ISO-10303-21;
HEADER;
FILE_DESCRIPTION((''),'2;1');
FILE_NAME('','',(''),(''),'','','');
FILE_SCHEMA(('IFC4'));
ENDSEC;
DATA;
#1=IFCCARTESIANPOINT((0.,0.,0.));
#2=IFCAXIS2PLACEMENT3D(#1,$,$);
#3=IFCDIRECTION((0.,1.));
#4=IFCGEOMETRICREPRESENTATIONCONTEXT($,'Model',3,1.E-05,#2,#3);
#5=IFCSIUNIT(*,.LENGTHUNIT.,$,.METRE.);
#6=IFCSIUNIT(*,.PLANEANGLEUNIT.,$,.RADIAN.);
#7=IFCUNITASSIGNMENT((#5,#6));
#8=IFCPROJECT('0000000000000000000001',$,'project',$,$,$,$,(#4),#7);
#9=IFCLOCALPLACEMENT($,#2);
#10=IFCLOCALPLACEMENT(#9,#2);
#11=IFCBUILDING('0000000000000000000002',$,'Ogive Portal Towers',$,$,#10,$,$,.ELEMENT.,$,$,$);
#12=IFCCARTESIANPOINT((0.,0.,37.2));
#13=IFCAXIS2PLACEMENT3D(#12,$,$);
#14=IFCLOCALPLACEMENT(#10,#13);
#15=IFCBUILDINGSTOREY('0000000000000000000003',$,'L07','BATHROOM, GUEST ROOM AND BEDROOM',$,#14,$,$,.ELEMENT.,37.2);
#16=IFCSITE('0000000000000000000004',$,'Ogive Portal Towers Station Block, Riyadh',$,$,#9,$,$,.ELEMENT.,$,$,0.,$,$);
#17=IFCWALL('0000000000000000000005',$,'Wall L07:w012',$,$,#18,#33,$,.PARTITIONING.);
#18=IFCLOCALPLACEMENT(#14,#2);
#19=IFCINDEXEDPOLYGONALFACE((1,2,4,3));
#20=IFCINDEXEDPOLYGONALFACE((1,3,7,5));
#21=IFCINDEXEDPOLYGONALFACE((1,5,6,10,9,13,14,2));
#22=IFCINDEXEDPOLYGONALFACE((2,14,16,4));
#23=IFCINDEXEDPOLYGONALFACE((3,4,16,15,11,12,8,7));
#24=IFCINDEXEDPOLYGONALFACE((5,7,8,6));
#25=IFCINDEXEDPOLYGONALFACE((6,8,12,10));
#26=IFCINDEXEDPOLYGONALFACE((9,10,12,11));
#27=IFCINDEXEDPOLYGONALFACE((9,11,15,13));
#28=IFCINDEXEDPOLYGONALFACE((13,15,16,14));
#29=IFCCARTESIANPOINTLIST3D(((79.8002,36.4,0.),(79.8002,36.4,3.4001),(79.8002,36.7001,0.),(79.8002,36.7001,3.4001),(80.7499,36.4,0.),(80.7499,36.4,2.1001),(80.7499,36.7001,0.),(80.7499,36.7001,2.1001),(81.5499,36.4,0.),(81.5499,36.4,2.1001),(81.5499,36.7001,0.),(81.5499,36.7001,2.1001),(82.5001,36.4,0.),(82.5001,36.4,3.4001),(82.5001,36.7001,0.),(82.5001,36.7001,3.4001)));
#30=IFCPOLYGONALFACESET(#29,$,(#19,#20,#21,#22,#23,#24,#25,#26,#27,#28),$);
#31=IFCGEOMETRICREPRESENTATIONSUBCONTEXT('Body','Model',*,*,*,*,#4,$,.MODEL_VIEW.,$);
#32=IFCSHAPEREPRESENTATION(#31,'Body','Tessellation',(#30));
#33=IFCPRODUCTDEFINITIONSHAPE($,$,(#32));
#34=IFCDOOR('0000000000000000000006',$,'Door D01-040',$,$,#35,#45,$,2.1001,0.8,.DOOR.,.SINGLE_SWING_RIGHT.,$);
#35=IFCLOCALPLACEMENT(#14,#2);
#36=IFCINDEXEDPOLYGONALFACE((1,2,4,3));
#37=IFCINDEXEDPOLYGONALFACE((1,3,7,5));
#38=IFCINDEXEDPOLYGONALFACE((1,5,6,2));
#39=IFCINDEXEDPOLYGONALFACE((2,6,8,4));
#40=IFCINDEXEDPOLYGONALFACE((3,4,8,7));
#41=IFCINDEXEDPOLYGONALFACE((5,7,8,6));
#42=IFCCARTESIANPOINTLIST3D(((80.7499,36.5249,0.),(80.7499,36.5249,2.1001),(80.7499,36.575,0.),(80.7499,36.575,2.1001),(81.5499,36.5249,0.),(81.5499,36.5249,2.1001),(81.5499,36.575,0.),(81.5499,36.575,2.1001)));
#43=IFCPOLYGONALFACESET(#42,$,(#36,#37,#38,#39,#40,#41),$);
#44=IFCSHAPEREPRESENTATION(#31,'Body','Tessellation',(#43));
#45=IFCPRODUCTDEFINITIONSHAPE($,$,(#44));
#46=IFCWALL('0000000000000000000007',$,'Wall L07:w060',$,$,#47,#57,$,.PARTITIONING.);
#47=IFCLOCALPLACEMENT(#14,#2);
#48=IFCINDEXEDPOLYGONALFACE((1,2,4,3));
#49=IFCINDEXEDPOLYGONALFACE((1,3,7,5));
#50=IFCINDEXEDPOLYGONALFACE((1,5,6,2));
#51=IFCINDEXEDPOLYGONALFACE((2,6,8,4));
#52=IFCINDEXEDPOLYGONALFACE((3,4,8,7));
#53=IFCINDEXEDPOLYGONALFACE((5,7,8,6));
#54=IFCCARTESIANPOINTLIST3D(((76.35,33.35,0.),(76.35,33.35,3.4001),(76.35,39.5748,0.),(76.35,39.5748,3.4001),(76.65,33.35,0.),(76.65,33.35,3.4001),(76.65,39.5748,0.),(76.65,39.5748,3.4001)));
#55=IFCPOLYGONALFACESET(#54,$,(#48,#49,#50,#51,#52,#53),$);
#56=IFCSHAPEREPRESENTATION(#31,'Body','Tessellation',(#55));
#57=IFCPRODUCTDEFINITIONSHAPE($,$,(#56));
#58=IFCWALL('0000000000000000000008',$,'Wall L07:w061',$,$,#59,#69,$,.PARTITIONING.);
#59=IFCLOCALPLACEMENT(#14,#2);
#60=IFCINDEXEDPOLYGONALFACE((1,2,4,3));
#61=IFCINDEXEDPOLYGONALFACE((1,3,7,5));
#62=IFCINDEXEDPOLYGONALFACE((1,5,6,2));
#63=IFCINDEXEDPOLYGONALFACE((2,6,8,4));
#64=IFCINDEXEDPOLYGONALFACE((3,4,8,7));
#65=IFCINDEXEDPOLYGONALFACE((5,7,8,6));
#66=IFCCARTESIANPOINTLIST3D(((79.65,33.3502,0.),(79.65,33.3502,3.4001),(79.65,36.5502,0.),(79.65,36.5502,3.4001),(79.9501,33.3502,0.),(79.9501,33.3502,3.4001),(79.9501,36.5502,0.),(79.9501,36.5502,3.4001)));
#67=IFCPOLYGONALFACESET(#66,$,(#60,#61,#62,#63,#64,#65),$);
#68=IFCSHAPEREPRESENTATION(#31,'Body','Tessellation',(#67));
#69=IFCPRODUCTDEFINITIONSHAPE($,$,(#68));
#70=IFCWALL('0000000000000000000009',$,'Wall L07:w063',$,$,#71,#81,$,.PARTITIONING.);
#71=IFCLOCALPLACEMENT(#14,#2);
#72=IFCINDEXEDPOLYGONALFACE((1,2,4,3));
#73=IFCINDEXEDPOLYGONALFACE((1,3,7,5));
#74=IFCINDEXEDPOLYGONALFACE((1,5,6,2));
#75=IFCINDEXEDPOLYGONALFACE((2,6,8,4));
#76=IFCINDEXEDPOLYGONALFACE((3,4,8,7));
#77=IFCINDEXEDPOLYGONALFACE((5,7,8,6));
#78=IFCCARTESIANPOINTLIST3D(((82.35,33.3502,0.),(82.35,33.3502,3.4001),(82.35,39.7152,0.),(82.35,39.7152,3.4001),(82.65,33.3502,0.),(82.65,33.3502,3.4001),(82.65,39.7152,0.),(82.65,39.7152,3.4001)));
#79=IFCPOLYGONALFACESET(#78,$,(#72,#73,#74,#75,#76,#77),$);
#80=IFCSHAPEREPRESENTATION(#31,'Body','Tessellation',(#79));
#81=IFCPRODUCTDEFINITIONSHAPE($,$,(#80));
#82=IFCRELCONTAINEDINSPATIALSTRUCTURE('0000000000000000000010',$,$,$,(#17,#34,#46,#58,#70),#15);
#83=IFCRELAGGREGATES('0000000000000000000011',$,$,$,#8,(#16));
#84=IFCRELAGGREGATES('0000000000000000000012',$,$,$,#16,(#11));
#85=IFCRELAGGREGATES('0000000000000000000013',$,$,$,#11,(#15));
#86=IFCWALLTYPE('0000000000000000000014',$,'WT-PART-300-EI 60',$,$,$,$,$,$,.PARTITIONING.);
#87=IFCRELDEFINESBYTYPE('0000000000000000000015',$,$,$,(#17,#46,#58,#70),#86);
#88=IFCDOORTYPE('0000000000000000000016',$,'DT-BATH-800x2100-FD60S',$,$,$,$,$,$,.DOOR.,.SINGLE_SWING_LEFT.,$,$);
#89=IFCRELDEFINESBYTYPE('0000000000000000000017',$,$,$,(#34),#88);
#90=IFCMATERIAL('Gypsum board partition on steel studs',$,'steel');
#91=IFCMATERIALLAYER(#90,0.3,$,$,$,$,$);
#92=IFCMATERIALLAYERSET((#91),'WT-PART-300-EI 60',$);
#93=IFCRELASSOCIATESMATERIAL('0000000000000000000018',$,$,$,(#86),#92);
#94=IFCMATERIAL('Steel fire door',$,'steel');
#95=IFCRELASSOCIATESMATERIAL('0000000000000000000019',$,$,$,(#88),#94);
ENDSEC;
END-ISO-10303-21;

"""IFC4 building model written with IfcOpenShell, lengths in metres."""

from ifc_helpers import new_model, si_unit, direction, frame, frame_2d, origin, place, context, subcontext, project, spatial, rectangle, extrude, material, layer, layer_set, type_object, element, fill, save


model = new_model("IFC4")

# Units and contexts
model_context = context("Model", 3, precision=1e-05, world=origin(), true_north=direction((0.0, 1.0)))
body_context = subcontext(model_context, "Body", "Model", "MODEL_VIEW")
ifc_project = project(units=[si_unit("LENGTHUNIT", "METRE"), si_unit("PLANEANGLEUNIT", "RADIAN")], contexts=[model_context])

# Site, building, storey
site_placement = place(None, origin())
site = spatial("IfcSite", under=ifc_project, at=site_placement, Name="Ogive Portal Towers Station Block, Riyadh", CompositionType="ELEMENT", RefElevation=0.0)
building_placement = place(site_placement, origin())
building = spatial("IfcBuilding", under=site, at=building_placement, Name="Ogive Portal Towers", CompositionType="ELEMENT")
storey_placement = place(building_placement, frame((0.0, 0.0, 37.2)))
storey = spatial("IfcBuildingStorey", under=building, at=storey_placement, Name="L07", Description="BATHROOM, GUEST ROOM AND BEDROOM", CompositionType="ELEMENT", Elevation=37.2)

# Shared definitions
ifc_material_1 = material(Name="Steel fire door", Category="steel")

# Wall, opening, door
ifc_material_2 = material(Name="Gypsum board partition on steel studs", Category="steel")
ifc_layer_1 = layer(ifc_material_2, 0.3)
ifc_layer_set_1 = layer_set([ifc_layer_1], Name="WT-PART-300-EI 60")
wall_type_1 = type_object("IfcWallType", Name="WT-PART-300-EI 60", PredefinedType="PARTITIONING", material=ifc_layer_set_1)
wall_1_placement = place(storey_placement, frame((79.8, 36.55, 0.0), z_axis=(0.0, 0.0, 1.0), x_axis=(1.0, 0.0, 0.0)))
wall_1 = element("IfcWall", 1, at=wall_1_placement, inside=storey, type_object=wall_type_1, Name="Wall L07:w012", PredefinedType="PARTITIONING", context=body_context, shape_type="SweptSolid", body=[
    extrude(rectangle(XDim=2.7, YDim=0.3, at=frame_2d((1.3501, 0.0))), origin(), (0.0, 0.0, 1.0), 3.4001),
])
opening_1_placement = place(wall_1_placement, frame((0.95, 0.0, 0.0)))
opening_1 = element("IfcOpeningElement", 2, at=opening_1_placement, cuts=wall_1, PredefinedType="OPENING", context=body_context, shape_type="SweptSolid", body=[
    extrude(rectangle(XDim=0.8, YDim=2.1001, at=frame_2d((0.3999, 1.05))), frame((0.0, 0.1602, 0.0), z_axis=(0.0, -1.0, 0.0), x_axis=(1.0, 0.0, 0.0)), (0.0, 0.0, 1.0), 0.3201),
])
door_type_1 = type_object("IfcDoorType", Name="DT-BATH-800x2100-FD60S", OperationType="SINGLE_SWING_LEFT", PredefinedType="DOOR", material=ifc_material_1)
door_1_placement = place(opening_1_placement, origin())
door_1 = element("IfcDoor", 3, at=door_1_placement, inside=storey, type_object=door_type_1, Name="Door D01-040", OperationType="SINGLE_SWING_RIGHT", OverallHeight=2.1001, OverallWidth=0.8, PredefinedType="DOOR", context=body_context, shape_type="SweptSolid", body=[
    extrude(rectangle(XDim=0.8, YDim=2.1001, at=frame_2d((0.3999, 1.05))), frame((0.0, 0.0249, 0.0), z_axis=(0.0, -1.0, 0.0), x_axis=(1.0, 0.0, 0.0)), (0.0, 0.0, 1.0), 0.05),
])
fill(opening_1, door_1)

# Walls
wall_2_placement = place(storey_placement, frame((76.5, 33.3501, 0.0), z_axis=(0.0, 0.0, 1.0), x_axis=(0.0, 1.0, 0.0)))
element("IfcWall", 4, at=wall_2_placement, inside=storey, type_object=wall_type_1, Name="Wall L07:w060", PredefinedType="PARTITIONING", context=body_context, shape_type="SweptSolid", body=[
    extrude(rectangle(XDim=6.2249, YDim=0.3, at=frame_2d((3.1123, 0.0))), origin(), (0.0, 0.0, 1.0), 3.4001),
])
wall_3_placement = place(storey_placement, frame((79.8, 33.3501, 0.0), z_axis=(0.0, 0.0, 1.0), x_axis=(0.0, 1.0, 0.0)))
element("IfcWall", 5, at=wall_3_placement, inside=storey, type_object=wall_type_1, Name="Wall L07:w061", PredefinedType="PARTITIONING", context=body_context, shape_type="SweptSolid", body=[
    extrude(rectangle(XDim=3.2, YDim=0.3, at=frame_2d((1.6001, 0.0))), origin(), (0.0, 0.0, 1.0), 3.4001),
])
wall_4_placement = place(storey_placement, frame((82.5, 33.3501, 0.0), z_axis=(0.0, 0.0, 1.0), x_axis=(0.0, 1.0, 0.0)))
element("IfcWall", 6, at=wall_4_placement, inside=storey, type_object=wall_type_1, Name="Wall L07:w063", PredefinedType="PARTITIONING", context=body_context, shape_type="SweptSolid", body=[
    extrude(rectangle(XDim=6.365, YDim=0.3, at=frame_2d((3.1826, 0.0))), origin(), (0.0, 0.0, 1.0), 3.4001),
])

save(model, "model.ifc")
